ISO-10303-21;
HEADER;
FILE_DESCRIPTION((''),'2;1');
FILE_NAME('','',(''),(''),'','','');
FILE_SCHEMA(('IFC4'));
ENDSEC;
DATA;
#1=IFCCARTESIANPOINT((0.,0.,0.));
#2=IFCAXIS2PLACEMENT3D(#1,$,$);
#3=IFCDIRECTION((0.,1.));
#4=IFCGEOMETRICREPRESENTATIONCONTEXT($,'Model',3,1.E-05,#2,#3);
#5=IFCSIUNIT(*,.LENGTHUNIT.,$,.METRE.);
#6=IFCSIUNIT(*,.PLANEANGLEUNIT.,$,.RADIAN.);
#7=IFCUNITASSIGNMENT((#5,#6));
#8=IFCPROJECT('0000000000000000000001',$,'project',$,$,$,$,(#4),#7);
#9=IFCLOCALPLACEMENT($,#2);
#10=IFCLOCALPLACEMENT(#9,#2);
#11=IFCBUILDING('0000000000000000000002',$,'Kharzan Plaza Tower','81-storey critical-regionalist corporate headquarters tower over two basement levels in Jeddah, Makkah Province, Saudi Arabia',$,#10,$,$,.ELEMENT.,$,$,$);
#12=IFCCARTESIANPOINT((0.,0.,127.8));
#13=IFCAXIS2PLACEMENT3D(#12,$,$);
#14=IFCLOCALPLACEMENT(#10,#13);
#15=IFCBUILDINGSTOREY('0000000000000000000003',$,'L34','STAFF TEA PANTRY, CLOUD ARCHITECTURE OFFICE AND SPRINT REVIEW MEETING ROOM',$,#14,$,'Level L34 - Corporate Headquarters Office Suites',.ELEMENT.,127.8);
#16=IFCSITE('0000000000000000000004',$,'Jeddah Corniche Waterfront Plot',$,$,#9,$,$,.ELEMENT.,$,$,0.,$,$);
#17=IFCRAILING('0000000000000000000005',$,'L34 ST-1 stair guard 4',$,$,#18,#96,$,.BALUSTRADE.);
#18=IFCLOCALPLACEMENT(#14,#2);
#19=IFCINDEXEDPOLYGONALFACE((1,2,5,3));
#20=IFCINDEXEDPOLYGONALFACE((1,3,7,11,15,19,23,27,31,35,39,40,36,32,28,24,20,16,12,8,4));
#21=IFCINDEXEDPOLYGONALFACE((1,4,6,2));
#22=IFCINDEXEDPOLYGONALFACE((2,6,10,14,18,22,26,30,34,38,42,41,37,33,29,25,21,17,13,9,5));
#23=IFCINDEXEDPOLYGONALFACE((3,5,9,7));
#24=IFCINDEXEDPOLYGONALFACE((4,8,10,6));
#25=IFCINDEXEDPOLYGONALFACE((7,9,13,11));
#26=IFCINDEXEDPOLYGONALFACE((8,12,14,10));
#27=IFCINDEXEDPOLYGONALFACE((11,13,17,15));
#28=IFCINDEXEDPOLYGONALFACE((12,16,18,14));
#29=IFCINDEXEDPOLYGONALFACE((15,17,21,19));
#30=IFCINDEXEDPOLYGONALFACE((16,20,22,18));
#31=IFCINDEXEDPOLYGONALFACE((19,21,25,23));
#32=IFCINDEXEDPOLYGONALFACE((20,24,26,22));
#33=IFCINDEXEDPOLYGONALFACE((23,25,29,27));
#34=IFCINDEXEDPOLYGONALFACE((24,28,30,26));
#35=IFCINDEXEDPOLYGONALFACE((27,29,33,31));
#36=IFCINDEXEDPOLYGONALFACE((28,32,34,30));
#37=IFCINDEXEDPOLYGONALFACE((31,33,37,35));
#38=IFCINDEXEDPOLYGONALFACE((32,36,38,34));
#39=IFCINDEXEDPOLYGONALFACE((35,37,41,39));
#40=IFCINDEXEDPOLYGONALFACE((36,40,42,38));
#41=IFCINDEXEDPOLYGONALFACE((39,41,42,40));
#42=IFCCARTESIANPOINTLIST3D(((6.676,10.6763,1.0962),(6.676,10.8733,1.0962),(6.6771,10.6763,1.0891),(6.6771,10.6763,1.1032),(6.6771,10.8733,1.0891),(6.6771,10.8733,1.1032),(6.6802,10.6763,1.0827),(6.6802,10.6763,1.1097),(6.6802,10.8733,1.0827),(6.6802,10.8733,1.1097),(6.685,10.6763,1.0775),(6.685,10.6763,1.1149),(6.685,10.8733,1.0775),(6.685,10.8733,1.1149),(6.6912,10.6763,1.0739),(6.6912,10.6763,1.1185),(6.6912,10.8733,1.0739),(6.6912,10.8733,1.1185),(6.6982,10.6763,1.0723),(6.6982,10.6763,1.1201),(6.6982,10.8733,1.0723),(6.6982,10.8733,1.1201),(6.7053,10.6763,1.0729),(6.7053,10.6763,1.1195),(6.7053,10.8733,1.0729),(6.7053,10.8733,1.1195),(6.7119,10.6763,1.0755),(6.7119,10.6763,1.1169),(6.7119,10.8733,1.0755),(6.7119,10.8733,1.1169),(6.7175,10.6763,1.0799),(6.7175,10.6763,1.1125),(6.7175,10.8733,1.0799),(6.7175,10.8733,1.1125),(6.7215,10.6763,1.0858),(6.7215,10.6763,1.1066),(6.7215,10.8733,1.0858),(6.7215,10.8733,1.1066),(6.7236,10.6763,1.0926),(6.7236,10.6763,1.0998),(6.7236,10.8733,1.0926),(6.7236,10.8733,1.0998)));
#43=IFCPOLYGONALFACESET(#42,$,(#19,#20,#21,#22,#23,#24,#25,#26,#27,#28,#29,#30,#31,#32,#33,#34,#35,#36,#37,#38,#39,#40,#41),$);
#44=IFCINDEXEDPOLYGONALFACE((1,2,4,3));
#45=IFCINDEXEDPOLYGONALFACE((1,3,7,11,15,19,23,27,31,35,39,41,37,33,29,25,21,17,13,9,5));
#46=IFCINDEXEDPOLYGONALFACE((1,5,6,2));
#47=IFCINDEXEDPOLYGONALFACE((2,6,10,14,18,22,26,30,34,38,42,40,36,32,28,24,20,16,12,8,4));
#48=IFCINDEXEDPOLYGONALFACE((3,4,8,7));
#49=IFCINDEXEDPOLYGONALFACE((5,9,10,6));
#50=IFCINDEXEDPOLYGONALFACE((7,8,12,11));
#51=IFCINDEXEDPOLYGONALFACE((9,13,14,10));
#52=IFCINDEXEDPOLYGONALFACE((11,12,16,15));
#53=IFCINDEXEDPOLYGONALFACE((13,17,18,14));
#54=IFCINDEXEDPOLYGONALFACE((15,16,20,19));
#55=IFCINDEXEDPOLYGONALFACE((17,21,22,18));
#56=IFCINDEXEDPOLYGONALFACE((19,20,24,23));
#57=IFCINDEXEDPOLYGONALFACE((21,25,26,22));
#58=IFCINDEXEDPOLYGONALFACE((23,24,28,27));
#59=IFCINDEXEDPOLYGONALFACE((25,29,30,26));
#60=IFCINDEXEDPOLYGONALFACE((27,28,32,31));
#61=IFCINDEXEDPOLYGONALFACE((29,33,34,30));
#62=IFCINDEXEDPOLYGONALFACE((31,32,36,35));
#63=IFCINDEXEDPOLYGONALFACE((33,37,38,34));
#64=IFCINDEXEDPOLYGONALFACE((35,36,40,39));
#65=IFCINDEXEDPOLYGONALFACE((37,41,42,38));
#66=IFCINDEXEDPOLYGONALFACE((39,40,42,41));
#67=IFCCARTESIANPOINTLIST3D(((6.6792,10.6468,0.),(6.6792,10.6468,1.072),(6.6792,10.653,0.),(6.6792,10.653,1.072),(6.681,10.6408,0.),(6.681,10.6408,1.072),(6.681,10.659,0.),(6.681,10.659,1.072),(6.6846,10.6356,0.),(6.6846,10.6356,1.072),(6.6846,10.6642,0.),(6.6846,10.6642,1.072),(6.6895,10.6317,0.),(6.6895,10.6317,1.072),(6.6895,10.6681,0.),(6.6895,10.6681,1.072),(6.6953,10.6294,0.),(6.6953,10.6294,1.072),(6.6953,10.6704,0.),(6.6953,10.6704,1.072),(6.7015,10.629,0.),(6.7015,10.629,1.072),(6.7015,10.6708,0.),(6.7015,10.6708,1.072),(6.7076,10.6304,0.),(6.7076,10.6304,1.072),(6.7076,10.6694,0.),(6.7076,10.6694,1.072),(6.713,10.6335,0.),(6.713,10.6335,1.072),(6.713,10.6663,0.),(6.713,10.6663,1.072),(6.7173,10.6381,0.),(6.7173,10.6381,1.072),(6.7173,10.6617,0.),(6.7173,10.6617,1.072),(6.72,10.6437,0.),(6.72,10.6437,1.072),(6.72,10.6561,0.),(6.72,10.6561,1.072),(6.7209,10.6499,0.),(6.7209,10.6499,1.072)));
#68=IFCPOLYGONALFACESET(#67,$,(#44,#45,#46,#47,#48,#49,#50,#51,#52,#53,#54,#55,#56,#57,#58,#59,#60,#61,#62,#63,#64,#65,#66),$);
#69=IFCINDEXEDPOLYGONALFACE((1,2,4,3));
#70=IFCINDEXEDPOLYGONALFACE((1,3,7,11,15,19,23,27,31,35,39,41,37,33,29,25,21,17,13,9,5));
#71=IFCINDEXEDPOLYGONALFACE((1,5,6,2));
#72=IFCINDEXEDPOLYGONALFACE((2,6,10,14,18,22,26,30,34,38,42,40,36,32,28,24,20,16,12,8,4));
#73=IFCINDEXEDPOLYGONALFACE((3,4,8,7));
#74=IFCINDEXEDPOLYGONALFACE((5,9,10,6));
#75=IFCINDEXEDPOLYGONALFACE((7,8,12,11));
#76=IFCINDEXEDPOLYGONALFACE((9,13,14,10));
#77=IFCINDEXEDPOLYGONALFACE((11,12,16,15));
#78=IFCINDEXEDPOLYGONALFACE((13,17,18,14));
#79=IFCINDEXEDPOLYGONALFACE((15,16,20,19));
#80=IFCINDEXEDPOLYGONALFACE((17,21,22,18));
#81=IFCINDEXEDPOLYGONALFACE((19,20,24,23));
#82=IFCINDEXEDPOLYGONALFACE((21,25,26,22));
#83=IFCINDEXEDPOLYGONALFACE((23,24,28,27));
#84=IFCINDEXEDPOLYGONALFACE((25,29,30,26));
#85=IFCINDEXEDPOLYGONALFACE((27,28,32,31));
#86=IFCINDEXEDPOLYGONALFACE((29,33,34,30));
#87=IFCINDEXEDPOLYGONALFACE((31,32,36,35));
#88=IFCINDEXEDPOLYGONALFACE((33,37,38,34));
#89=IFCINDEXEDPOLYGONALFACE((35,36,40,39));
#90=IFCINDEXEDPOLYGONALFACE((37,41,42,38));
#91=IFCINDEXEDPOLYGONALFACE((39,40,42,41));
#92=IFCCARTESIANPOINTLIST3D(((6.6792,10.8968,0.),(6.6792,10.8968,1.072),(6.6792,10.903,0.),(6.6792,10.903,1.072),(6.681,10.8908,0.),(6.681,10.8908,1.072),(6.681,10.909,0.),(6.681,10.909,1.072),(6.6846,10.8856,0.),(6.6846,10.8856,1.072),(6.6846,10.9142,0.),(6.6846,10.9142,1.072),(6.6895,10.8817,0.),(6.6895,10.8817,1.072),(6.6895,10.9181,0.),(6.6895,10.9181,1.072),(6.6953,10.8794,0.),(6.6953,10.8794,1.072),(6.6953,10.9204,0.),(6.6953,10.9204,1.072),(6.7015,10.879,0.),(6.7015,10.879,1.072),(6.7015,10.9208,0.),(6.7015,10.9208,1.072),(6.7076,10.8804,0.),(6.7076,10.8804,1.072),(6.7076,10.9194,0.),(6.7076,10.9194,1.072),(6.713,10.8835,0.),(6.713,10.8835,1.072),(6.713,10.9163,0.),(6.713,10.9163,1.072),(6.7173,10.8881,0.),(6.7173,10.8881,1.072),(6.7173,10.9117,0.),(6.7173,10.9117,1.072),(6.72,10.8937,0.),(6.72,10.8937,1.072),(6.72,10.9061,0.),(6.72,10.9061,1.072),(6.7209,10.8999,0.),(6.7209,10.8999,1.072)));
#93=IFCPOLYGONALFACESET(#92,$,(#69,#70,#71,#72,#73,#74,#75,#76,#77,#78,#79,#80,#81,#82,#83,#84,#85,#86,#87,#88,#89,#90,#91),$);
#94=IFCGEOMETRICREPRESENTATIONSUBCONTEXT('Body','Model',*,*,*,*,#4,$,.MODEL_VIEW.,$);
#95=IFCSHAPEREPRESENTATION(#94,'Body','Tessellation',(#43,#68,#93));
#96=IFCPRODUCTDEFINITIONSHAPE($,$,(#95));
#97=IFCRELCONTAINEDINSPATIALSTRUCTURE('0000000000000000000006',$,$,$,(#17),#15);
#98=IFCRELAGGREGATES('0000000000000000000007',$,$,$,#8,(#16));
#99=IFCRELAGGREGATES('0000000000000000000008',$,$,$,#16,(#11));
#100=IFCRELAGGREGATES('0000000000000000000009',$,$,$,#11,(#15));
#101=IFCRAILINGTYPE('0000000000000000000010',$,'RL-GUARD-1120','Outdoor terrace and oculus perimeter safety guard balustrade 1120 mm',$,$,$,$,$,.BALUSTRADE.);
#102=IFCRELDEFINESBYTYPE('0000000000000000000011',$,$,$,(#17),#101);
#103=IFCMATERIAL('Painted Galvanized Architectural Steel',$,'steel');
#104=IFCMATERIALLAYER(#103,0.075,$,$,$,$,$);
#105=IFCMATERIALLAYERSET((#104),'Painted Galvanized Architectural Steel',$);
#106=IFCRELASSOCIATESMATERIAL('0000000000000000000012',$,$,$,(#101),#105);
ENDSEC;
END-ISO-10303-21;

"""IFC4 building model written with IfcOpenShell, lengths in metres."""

from ifc_helpers import new_model, si_unit, direction, frame, origin, origin_2d, place, context, subcontext, project, spatial, circle, extrude, source, transform, mapped, material, layer, layer_set, type_object, element, save


model = new_model("IFC4")

# Units and contexts
model_context = context("Model", 3, precision=1e-05, world=origin(), true_north=direction((0.0, 1.0)))
body_context = subcontext(model_context, "Body", "Model", "MODEL_VIEW")
ifc_project = project(units=[si_unit("LENGTHUNIT", "METRE"), si_unit("PLANEANGLEUNIT", "RADIAN")], contexts=[model_context])

# Site, building, storey
site_placement = place(None, origin())
site = spatial("IfcSite", under=ifc_project, at=site_placement, Name="Jeddah Corniche Waterfront Plot", CompositionType="ELEMENT", RefElevation=0.0)
building_placement = place(site_placement, origin())
building = spatial("IfcBuilding", under=site, at=building_placement, Name="Kharzan Plaza Tower", Description="81-storey critical-regionalist corporate headquarters tower over two basement levels in Jeddah, Makkah Province, Saudi Arabia", CompositionType="ELEMENT")
storey_placement = place(building_placement, frame((0.0, 0.0, 127.8)))
storey = spatial("IfcBuildingStorey", under=building, at=storey_placement, Name="L34", Description="STAFF TEA PANTRY, CLOUD ARCHITECTURE OFFICE AND SPRINT REVIEW MEETING ROOM", LongName="Level L34 - Corporate Headquarters Office Suites", CompositionType="ELEMENT", Elevation=127.8)

# Railing
ifc_material_1 = material(Name="Painted Galvanized Architectural Steel", Category="steel")
ifc_layer_1 = layer(ifc_material_1, 0.075)
ifc_layer_set_1 = layer_set([ifc_layer_1], Name="Painted Galvanized Architectural Steel")
railing_type_1 = type_object("IfcRailingType", Name="RL-GUARD-1120", Description="Outdoor terrace and oculus perimeter safety guard balustrade 1120 mm", PredefinedType="BALUSTRADE", material=ifc_layer_set_1)
shared_shape_1 = source(origin(), body_context, "Body", "SweptSolid", [
    extrude(circle(Radius=0.0239, at=origin_2d()), frame((0.0, 0.0264, 1.0962), z_axis=(0.0, 1.0, 0.0), x_axis=(-1.0, 0.0, 0.0)), (0.0, 0.0, 1.0), 0.197),
    extrude(circle(Radius=0.021, at=origin_2d()), origin(), (0.0, 0.0, 1.0), 1.072),
    extrude(circle(Radius=0.021, at=origin_2d()), frame((0.0, 0.25, 0.0)), (0.0, 0.0, 1.0), 1.072),
])
railing_1_placement = place(storey_placement, frame((6.7, 10.6499, 0.0)))
element("IfcRailing", 1, at=railing_1_placement, inside=storey, type_object=railing_type_1, Name="L34 ST-1 stair guard 4", PredefinedType="BALUSTRADE", context=body_context, shape_type="MappedRepresentation", body=[
    mapped(shared_shape_1, transform((0.0, 0.0, 0.0), x_axis=(1.0, 0.0, 0.0), y_axis=(0.0, 1.0, 0.0), z_axis=(0.0, 0.0, 1.0))),
])

save(model, "model.ifc")
